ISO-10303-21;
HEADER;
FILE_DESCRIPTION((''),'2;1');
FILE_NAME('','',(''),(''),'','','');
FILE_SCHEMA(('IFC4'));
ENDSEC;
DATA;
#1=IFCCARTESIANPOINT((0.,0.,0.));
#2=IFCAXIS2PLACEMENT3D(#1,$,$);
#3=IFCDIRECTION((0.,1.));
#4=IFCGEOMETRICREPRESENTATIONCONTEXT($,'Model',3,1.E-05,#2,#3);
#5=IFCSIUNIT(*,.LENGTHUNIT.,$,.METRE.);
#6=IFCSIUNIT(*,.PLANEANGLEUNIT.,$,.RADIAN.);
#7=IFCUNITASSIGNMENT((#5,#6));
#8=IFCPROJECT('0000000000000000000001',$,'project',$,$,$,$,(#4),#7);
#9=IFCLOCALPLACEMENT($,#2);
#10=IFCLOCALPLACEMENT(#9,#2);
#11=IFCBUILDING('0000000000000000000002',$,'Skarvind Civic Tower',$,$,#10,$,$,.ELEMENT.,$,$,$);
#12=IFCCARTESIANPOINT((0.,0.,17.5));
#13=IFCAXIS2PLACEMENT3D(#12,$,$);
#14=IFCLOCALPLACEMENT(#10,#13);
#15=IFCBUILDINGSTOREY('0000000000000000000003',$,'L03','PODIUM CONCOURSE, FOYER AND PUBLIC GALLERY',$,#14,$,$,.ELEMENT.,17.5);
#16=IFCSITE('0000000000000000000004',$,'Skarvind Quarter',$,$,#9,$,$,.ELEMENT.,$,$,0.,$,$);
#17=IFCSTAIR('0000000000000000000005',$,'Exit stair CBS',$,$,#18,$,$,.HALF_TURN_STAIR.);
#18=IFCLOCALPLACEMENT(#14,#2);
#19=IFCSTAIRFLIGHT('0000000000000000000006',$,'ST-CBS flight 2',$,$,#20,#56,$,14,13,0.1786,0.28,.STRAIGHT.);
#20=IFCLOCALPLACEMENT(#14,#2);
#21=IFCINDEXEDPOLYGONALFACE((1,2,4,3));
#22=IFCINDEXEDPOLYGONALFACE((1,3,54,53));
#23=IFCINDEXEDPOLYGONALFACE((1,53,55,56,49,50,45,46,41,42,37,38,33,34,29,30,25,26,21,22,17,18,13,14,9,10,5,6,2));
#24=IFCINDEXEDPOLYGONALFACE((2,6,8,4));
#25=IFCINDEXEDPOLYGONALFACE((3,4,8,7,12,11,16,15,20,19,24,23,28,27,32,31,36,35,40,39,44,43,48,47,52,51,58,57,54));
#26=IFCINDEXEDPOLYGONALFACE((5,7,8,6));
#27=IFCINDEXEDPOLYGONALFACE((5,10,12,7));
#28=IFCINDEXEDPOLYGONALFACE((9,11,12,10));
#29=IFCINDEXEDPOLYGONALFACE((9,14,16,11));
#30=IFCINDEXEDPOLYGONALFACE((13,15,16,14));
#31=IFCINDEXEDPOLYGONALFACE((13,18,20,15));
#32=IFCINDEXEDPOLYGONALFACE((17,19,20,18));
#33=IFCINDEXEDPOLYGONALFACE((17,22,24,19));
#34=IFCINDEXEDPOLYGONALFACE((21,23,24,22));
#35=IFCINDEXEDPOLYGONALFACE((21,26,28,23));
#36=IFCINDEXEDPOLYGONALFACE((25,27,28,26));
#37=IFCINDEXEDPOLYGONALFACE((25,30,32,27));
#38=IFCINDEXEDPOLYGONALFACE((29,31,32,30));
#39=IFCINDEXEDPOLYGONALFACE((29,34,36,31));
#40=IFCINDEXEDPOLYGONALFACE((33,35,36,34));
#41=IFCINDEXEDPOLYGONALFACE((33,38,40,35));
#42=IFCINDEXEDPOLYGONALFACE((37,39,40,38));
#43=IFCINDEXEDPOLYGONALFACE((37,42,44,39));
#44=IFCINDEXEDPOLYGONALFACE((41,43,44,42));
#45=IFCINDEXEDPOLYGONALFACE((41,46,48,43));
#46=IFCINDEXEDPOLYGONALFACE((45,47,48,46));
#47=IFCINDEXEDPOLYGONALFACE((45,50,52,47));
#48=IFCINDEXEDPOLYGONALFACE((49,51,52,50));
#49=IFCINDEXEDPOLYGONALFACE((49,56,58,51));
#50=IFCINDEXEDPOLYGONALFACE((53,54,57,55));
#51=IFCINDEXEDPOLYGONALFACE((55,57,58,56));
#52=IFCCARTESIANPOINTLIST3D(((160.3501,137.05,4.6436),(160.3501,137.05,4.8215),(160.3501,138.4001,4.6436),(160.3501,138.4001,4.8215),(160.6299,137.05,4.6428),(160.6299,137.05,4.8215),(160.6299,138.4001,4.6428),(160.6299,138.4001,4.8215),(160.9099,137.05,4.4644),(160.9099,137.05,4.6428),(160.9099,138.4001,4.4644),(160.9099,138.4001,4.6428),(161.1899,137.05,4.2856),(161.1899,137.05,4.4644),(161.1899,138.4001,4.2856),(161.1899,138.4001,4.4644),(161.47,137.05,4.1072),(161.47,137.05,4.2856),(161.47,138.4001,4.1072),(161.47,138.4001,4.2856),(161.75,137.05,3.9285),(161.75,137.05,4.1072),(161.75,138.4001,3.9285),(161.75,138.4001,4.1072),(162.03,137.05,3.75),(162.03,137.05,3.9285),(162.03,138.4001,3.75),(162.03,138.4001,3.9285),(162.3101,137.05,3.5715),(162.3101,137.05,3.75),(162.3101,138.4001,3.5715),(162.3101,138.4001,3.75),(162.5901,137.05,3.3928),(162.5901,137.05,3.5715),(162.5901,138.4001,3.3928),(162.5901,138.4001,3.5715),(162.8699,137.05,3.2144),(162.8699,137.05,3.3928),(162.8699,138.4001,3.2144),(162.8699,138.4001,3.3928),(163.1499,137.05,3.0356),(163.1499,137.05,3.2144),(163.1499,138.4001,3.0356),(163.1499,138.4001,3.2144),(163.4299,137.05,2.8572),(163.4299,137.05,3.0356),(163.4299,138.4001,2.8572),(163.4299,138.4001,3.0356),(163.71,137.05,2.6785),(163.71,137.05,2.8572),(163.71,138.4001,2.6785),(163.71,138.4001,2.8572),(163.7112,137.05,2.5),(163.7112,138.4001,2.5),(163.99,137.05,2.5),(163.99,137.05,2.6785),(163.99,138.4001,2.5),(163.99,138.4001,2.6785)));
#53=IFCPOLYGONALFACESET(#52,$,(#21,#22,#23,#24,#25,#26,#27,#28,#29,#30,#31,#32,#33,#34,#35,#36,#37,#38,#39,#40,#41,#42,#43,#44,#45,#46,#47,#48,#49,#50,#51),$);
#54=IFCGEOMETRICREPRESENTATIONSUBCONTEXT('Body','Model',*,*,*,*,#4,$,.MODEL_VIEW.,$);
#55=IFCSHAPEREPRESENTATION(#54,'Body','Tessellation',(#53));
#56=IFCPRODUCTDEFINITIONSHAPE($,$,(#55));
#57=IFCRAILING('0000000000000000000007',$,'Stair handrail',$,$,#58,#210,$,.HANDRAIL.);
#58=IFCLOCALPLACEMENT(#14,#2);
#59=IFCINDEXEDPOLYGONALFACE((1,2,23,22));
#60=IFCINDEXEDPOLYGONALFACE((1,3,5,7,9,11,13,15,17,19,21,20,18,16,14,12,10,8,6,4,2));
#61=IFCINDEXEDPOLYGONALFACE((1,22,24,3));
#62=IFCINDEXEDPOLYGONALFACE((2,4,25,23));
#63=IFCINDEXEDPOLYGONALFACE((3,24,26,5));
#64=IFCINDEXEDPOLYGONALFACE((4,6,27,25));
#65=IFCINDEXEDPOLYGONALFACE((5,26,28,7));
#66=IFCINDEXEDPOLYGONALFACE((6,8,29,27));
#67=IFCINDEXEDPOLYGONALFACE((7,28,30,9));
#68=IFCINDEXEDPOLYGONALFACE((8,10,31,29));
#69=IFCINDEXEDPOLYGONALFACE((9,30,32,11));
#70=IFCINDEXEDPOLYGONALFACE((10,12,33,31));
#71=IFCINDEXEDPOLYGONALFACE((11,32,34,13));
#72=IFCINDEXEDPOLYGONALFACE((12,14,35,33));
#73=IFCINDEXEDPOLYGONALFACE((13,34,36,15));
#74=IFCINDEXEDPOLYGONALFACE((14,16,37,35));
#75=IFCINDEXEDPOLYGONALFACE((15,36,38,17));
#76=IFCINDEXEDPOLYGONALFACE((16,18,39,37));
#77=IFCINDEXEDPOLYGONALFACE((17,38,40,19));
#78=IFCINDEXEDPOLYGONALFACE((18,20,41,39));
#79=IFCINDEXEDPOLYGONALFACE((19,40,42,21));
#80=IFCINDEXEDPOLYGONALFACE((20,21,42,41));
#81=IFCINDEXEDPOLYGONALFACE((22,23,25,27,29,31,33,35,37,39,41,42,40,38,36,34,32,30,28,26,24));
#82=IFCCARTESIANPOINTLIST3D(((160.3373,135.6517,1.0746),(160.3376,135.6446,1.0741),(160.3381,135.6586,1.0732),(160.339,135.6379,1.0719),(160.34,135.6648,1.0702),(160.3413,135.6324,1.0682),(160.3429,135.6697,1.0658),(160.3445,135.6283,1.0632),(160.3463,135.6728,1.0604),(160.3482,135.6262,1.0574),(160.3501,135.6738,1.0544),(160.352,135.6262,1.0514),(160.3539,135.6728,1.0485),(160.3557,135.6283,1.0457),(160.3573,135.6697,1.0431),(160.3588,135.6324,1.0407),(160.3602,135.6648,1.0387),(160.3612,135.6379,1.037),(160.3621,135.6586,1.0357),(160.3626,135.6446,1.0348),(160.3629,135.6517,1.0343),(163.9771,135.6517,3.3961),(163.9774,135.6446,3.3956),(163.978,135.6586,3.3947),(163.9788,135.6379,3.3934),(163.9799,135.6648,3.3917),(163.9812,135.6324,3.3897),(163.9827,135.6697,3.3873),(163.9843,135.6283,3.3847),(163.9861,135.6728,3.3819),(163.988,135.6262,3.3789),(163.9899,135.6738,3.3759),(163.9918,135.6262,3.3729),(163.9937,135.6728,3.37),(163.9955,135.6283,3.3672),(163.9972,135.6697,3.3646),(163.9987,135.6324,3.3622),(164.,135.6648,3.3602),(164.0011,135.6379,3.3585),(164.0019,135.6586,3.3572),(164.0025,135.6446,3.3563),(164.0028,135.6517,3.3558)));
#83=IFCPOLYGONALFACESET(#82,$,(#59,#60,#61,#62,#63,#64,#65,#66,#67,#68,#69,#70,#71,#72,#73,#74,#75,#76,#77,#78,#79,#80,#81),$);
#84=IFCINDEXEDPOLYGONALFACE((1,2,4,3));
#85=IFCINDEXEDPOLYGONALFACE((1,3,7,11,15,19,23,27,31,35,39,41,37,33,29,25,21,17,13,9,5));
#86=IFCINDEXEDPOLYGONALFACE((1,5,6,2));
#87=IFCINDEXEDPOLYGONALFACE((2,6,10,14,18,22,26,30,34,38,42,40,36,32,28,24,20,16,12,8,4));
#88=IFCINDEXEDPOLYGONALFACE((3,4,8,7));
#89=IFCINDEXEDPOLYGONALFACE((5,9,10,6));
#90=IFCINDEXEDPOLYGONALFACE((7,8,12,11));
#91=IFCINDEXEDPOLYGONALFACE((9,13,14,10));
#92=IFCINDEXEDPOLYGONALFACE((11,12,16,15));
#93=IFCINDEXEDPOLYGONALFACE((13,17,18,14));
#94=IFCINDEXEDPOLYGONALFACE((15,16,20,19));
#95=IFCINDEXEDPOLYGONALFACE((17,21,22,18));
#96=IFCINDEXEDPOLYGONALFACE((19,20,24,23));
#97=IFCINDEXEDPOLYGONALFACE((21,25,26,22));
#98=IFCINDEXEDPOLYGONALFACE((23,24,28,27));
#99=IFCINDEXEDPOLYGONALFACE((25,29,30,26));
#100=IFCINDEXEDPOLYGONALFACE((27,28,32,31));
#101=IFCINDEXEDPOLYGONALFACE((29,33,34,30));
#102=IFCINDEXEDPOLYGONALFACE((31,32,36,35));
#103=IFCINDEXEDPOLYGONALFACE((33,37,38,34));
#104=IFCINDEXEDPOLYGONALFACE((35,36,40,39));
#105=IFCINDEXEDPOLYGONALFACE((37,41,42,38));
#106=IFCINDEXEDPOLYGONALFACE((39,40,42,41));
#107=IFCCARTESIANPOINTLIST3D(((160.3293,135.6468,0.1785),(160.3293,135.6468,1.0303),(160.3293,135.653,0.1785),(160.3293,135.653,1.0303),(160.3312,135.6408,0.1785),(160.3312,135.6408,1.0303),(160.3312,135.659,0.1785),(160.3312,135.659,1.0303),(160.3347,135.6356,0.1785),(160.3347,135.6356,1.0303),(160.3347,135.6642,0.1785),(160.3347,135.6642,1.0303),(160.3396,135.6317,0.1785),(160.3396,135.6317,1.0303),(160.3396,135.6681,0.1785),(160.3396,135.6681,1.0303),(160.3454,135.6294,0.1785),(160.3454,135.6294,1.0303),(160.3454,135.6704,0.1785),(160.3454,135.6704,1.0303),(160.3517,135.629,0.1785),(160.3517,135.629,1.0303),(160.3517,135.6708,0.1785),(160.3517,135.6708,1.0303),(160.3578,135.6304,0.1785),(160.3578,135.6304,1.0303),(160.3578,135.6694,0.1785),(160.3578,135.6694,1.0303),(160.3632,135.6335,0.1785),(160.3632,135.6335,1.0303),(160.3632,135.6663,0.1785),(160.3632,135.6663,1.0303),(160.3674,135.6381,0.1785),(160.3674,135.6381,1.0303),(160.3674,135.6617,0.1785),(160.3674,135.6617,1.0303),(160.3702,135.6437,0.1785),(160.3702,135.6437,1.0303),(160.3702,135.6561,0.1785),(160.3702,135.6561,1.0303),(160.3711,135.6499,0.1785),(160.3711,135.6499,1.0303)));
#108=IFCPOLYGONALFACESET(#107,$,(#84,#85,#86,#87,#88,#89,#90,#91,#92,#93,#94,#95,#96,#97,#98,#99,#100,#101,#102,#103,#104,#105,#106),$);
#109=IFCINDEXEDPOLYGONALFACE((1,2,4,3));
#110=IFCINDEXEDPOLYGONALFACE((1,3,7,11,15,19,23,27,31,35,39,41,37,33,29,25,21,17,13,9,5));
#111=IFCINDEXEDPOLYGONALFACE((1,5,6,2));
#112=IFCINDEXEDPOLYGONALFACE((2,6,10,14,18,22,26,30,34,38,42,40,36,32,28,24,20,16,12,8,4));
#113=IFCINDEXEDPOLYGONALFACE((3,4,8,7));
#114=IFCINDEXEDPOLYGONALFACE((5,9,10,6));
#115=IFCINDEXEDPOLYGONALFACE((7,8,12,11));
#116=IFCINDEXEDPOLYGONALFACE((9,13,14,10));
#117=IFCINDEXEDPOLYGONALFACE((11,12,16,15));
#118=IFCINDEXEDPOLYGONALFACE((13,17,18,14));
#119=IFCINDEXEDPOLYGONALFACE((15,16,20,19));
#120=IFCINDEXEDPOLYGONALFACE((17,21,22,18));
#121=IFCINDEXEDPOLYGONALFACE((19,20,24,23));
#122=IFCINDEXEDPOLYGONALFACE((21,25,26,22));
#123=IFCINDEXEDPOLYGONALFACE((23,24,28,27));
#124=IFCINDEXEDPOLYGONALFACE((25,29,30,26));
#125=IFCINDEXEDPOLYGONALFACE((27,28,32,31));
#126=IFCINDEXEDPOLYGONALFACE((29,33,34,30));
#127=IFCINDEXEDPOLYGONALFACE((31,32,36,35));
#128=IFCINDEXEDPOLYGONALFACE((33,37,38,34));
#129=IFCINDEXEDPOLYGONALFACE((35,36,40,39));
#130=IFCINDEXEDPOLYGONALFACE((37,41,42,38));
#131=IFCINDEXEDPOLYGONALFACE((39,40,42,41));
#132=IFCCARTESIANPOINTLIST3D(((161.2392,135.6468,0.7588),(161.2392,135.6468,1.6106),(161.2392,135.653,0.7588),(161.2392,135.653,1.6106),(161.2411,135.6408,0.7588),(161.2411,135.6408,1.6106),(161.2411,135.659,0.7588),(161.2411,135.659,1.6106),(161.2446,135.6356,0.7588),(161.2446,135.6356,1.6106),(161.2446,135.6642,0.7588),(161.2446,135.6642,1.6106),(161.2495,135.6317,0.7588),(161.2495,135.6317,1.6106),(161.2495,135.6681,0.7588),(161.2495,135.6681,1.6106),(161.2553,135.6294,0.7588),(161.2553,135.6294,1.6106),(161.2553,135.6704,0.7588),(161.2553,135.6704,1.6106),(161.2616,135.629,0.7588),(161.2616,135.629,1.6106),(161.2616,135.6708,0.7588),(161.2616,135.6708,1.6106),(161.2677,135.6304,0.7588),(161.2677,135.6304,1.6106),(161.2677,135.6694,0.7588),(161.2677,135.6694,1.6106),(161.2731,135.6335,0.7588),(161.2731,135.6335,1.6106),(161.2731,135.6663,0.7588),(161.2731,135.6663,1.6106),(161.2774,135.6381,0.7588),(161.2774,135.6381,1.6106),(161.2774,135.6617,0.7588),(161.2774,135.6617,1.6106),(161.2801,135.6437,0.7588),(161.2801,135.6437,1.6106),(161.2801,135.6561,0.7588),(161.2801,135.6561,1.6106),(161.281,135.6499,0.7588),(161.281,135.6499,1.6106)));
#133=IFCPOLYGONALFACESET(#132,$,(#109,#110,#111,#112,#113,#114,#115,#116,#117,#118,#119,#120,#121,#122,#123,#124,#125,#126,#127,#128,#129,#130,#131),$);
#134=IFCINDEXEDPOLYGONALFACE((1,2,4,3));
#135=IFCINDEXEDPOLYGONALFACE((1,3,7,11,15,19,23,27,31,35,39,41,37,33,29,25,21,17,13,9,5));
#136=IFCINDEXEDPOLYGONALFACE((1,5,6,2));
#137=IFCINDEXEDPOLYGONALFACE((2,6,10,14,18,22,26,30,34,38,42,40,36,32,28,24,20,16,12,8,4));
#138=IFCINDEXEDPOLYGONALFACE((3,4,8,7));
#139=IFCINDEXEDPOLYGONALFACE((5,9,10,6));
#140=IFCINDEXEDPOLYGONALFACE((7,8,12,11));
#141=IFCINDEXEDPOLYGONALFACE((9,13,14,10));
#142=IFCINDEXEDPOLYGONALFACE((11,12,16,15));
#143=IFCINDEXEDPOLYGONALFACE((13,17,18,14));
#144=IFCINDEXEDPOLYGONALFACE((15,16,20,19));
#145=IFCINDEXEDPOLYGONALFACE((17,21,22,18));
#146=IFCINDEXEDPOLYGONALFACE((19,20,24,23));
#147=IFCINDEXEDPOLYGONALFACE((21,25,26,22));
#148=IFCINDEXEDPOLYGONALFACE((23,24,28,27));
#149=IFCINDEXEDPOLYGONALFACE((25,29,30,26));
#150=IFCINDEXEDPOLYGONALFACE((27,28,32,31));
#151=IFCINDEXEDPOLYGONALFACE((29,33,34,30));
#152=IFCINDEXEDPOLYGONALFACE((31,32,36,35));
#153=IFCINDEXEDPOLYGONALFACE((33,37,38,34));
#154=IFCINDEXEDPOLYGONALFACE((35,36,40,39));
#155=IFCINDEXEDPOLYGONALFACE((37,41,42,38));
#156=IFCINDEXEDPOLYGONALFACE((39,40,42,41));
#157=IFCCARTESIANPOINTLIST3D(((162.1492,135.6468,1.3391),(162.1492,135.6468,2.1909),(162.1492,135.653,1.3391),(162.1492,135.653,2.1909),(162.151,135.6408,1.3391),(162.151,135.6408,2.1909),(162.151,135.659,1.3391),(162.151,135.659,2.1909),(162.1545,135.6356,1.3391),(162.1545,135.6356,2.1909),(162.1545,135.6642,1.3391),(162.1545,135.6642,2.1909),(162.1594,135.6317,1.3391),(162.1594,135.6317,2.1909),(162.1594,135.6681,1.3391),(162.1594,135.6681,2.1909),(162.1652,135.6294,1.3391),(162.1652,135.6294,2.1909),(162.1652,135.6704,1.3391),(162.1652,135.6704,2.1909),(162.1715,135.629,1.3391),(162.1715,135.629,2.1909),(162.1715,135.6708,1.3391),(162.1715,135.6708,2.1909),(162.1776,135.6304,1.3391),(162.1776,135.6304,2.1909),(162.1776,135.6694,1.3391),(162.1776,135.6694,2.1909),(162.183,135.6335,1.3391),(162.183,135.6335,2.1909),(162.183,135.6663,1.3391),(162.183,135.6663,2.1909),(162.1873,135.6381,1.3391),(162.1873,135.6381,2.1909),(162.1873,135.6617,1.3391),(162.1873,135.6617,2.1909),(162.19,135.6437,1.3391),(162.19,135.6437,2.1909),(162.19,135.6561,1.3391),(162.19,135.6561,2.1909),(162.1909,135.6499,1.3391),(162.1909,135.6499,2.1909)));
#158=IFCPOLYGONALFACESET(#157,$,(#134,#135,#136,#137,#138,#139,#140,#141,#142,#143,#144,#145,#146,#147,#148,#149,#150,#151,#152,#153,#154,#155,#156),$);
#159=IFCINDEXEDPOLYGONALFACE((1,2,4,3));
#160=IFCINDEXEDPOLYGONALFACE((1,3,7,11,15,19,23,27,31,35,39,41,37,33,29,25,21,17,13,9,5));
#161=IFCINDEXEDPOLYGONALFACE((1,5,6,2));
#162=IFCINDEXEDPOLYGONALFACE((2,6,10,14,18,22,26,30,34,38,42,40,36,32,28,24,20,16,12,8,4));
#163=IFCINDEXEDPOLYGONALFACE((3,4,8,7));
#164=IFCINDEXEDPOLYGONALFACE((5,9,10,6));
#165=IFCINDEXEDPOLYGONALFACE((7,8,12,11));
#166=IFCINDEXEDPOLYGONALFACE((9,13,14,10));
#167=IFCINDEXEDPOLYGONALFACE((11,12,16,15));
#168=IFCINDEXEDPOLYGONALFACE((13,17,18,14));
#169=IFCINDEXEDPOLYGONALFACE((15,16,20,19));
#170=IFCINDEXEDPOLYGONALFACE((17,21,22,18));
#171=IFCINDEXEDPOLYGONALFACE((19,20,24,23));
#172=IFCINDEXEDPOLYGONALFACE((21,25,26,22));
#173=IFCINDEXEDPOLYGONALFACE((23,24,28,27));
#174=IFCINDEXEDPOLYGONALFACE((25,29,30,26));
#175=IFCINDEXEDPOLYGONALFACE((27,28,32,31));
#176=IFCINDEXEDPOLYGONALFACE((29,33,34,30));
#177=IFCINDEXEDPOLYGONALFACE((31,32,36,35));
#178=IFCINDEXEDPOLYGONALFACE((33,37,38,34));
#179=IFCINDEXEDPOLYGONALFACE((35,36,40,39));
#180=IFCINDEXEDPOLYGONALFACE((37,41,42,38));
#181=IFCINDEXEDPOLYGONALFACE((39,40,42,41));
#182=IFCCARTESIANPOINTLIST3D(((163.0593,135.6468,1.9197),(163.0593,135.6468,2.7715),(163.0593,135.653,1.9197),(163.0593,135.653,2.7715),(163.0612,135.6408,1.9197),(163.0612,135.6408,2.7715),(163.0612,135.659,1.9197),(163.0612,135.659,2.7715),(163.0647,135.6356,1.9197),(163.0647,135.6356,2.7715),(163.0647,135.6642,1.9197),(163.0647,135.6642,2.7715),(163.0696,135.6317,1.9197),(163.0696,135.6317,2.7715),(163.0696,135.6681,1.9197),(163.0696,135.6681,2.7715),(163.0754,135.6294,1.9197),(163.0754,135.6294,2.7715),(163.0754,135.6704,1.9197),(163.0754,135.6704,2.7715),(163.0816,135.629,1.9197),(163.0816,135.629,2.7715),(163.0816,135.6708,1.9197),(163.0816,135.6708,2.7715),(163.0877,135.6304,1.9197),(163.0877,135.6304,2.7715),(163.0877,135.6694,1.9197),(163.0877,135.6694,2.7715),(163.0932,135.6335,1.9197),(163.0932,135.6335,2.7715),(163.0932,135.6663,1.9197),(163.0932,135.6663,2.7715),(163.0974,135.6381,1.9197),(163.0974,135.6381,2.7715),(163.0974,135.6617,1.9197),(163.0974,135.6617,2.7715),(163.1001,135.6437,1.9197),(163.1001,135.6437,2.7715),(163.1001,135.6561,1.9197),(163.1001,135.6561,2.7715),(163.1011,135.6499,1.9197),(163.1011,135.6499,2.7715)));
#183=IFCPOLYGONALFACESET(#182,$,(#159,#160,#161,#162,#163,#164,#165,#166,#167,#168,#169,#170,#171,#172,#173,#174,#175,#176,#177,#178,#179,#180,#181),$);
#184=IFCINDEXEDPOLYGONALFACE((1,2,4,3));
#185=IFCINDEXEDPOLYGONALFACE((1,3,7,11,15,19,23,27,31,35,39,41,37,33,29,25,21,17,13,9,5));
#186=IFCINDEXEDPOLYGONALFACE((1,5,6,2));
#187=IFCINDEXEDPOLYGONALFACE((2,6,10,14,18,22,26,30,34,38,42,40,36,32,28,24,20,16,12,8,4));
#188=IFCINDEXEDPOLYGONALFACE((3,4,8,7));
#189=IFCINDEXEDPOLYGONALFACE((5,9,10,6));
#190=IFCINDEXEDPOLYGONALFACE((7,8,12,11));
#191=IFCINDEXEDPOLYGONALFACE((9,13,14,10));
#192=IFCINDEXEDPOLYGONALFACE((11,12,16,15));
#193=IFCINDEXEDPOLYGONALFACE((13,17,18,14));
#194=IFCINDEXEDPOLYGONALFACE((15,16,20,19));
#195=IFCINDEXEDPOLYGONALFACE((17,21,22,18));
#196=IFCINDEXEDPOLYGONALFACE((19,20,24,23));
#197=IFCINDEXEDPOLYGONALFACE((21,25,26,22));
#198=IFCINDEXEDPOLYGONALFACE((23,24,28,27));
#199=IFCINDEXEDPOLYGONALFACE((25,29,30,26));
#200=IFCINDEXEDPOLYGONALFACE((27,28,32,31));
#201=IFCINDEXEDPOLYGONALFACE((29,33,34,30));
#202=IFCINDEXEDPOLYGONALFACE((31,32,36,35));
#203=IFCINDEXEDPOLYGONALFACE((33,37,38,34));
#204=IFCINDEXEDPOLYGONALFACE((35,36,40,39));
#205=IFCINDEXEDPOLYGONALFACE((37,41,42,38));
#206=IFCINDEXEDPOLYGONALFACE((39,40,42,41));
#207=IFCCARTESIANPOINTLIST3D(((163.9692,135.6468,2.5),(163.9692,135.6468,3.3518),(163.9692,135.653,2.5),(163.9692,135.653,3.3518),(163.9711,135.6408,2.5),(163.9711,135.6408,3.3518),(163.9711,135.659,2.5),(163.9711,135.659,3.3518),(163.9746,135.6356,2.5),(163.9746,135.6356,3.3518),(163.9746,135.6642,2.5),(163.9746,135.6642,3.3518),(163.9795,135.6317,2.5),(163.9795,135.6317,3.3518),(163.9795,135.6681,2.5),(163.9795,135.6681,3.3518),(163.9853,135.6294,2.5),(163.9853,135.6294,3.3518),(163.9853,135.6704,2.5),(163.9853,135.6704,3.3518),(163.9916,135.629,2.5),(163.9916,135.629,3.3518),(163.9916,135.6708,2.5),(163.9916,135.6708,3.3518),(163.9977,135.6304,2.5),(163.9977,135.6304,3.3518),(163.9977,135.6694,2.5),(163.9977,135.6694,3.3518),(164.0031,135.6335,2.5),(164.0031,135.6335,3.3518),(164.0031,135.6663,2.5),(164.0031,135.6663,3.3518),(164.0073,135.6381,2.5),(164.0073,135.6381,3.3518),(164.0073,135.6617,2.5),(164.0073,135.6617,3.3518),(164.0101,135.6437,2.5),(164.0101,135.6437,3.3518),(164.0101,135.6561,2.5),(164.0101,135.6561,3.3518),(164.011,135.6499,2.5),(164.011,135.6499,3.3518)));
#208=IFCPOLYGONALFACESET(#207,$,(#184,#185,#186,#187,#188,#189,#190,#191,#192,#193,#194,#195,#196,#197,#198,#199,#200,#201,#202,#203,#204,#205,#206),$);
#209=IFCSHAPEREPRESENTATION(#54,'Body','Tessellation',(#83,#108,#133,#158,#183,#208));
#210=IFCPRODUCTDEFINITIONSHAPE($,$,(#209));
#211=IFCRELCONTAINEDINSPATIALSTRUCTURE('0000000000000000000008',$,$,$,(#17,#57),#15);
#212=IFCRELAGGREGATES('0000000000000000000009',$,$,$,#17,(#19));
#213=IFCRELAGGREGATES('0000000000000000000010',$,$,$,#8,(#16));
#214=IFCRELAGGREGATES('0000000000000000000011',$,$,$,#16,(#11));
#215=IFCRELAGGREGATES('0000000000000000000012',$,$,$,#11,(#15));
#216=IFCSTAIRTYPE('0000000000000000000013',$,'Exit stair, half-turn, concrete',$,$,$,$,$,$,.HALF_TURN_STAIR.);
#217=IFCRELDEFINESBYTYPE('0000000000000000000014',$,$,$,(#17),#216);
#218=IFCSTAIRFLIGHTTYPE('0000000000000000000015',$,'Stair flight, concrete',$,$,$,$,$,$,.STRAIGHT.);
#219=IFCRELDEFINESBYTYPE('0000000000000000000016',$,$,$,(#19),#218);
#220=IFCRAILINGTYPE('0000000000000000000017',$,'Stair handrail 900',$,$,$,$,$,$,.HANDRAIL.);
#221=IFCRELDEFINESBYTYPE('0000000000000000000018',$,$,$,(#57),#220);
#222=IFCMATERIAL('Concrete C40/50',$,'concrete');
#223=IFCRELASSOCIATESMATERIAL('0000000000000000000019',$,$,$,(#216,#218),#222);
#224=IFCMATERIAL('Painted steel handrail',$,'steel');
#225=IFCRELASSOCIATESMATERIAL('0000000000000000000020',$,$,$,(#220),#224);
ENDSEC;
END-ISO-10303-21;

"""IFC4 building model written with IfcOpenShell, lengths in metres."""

from ifc_helpers import new_model, si_unit, direction, frame, origin, origin_2d, place, context, subcontext, project, spatial, polyline, circle, outline, extrude, material, type_object, element, aggregate, save


model = new_model("IFC4")

# Units and contexts
model_context = context("Model", 3, precision=1e-05, world=origin(), true_north=direction((0.0, 1.0)))
body_context = subcontext(model_context, "Body", "Model", "MODEL_VIEW")
ifc_project = project(units=[si_unit("LENGTHUNIT", "METRE"), si_unit("PLANEANGLEUNIT", "RADIAN")], contexts=[model_context])

# Site, building, storey
site_placement = place(None, origin())
site = spatial("IfcSite", under=ifc_project, at=site_placement, Name="Skarvind Quarter", CompositionType="ELEMENT", RefElevation=0.0)
building_placement = place(site_placement, origin())
building = spatial("IfcBuilding", under=site, at=building_placement, Name="Skarvind Civic Tower", CompositionType="ELEMENT")
storey_placement = place(building_placement, frame((0.0, 0.0, 17.5)))
storey = spatial("IfcBuildingStorey", under=building, at=storey_placement, Name="L03", Description="PODIUM CONCOURSE, FOYER AND PUBLIC GALLERY", CompositionType="ELEMENT", Elevation=17.5)

# Stair, stair flight
ifc_material_1 = material(Name="Concrete C40/50", Category="concrete")
stair_type = type_object("IfcStairType", Name="Exit stair, half-turn, concrete", PredefinedType="HALF_TURN_STAIR", material=ifc_material_1)
stair_placement = place(storey_placement, origin())
stair = element("IfcStair", 1, at=stair_placement, inside=storey, type_object=stair_type, Name="Exit stair CBS", PredefinedType="HALF_TURN_STAIR")
stair_flight_type = type_object("IfcStairFlightType", Name="Stair flight, concrete", PredefinedType="STRAIGHT", material=ifc_material_1)
stair_flight_1_placement = place(storey_placement, frame((163.99, 137.7251, 2.5), z_axis=(0.0, 0.0, 1.0), x_axis=(-1.0, 0.0, 0.0)))
stair_flight_1 = element("IfcStairFlight", 2, at=stair_flight_1_placement, type_object=stair_flight_type, Name="ST-CBS flight 2", NumberOfRisers=14, NumberOfTreads=13, PredefinedType="STRAIGHT", RiserHeight=0.1786, TreadLength=0.28, context=body_context, shape_type="SweptSolid", body=[
    extrude(outline(polyline([(0.0, 0.0), (0.0, 0.1785), (0.28, 0.1785), (0.28, 0.3572), (0.5601, 0.3572), (0.5601, 0.5356), (0.8401, 0.5356), (0.8401, 0.7144), (1.1201, 0.7144), (1.1201, 0.8928), (1.3999, 0.8928), (1.3999, 1.0715), (1.6799, 1.0715), (1.6799, 1.25), (1.96, 1.25), (1.96, 1.4285), (2.24, 1.4285), (2.24, 1.6072), (2.52, 1.6072), (2.52, 1.7856), (2.8, 1.7856), (2.8, 1.9644), (3.0801, 1.9644), (3.0801, 2.1428), (3.3601, 2.1428), (3.3601, 2.3215), (3.6399, 2.3215), (3.6399, 2.5), (3.6399, 2.1436), (0.2788, 0.0), (0.0, 0.0)])), frame((0.0, 0.675, 0.0), z_axis=(0.0, -1.0, 0.0), x_axis=(1.0, 0.0, 0.0)), (0.0, 0.0, 1.0), 1.3501),
])
aggregate(stair, [stair_flight_1])

# Railing
ifc_material_2 = material(Name="Painted steel handrail", Category="steel")
railing_type = type_object("IfcRailingType", Name="Stair handrail 900", PredefinedType="HANDRAIL", material=ifc_material_2)
railing_1_placement = place(storey_placement, frame((160.3501, 135.6499, 0.1785)))
element("IfcRailing", 3, at=railing_1_placement, inside=storey, type_object=railing_type, Name="Stair handrail", PredefinedType="HANDRAIL", context=body_context, shape_type="SweptSolid", body=[
    extrude(circle(Radius=0.0239, at=origin_2d()), frame((0.0, 0.0, 0.876), z_axis=(0.843112, 0.0, 0.537739), x_axis=(0.0, 1.0, 0.0)), (0.0, 0.0, 1.0), 4.3171),
    extrude(circle(Radius=0.021, at=origin_2d()), origin(), (0.0, 0.0, 1.0), 0.8518),
    extrude(circle(Radius=0.021, at=origin_2d()), frame((0.9099, 0.0, 0.5803)), (0.0, 0.0, 1.0), 0.8518),
    extrude(circle(Radius=0.021, at=origin_2d()), frame((1.8198, 0.0, 1.1606)), (0.0, 0.0, 1.0), 0.8518),
    extrude(circle(Radius=0.021, at=origin_2d()), frame((2.73, 0.0, 1.7412)), (0.0, 0.0, 1.0), 0.8518),
    extrude(circle(Radius=0.021, at=origin_2d()), frame((3.6399, 0.0, 2.3215)), (0.0, 0.0, 1.0), 0.8518),
])

save(model, "model.ifc")
